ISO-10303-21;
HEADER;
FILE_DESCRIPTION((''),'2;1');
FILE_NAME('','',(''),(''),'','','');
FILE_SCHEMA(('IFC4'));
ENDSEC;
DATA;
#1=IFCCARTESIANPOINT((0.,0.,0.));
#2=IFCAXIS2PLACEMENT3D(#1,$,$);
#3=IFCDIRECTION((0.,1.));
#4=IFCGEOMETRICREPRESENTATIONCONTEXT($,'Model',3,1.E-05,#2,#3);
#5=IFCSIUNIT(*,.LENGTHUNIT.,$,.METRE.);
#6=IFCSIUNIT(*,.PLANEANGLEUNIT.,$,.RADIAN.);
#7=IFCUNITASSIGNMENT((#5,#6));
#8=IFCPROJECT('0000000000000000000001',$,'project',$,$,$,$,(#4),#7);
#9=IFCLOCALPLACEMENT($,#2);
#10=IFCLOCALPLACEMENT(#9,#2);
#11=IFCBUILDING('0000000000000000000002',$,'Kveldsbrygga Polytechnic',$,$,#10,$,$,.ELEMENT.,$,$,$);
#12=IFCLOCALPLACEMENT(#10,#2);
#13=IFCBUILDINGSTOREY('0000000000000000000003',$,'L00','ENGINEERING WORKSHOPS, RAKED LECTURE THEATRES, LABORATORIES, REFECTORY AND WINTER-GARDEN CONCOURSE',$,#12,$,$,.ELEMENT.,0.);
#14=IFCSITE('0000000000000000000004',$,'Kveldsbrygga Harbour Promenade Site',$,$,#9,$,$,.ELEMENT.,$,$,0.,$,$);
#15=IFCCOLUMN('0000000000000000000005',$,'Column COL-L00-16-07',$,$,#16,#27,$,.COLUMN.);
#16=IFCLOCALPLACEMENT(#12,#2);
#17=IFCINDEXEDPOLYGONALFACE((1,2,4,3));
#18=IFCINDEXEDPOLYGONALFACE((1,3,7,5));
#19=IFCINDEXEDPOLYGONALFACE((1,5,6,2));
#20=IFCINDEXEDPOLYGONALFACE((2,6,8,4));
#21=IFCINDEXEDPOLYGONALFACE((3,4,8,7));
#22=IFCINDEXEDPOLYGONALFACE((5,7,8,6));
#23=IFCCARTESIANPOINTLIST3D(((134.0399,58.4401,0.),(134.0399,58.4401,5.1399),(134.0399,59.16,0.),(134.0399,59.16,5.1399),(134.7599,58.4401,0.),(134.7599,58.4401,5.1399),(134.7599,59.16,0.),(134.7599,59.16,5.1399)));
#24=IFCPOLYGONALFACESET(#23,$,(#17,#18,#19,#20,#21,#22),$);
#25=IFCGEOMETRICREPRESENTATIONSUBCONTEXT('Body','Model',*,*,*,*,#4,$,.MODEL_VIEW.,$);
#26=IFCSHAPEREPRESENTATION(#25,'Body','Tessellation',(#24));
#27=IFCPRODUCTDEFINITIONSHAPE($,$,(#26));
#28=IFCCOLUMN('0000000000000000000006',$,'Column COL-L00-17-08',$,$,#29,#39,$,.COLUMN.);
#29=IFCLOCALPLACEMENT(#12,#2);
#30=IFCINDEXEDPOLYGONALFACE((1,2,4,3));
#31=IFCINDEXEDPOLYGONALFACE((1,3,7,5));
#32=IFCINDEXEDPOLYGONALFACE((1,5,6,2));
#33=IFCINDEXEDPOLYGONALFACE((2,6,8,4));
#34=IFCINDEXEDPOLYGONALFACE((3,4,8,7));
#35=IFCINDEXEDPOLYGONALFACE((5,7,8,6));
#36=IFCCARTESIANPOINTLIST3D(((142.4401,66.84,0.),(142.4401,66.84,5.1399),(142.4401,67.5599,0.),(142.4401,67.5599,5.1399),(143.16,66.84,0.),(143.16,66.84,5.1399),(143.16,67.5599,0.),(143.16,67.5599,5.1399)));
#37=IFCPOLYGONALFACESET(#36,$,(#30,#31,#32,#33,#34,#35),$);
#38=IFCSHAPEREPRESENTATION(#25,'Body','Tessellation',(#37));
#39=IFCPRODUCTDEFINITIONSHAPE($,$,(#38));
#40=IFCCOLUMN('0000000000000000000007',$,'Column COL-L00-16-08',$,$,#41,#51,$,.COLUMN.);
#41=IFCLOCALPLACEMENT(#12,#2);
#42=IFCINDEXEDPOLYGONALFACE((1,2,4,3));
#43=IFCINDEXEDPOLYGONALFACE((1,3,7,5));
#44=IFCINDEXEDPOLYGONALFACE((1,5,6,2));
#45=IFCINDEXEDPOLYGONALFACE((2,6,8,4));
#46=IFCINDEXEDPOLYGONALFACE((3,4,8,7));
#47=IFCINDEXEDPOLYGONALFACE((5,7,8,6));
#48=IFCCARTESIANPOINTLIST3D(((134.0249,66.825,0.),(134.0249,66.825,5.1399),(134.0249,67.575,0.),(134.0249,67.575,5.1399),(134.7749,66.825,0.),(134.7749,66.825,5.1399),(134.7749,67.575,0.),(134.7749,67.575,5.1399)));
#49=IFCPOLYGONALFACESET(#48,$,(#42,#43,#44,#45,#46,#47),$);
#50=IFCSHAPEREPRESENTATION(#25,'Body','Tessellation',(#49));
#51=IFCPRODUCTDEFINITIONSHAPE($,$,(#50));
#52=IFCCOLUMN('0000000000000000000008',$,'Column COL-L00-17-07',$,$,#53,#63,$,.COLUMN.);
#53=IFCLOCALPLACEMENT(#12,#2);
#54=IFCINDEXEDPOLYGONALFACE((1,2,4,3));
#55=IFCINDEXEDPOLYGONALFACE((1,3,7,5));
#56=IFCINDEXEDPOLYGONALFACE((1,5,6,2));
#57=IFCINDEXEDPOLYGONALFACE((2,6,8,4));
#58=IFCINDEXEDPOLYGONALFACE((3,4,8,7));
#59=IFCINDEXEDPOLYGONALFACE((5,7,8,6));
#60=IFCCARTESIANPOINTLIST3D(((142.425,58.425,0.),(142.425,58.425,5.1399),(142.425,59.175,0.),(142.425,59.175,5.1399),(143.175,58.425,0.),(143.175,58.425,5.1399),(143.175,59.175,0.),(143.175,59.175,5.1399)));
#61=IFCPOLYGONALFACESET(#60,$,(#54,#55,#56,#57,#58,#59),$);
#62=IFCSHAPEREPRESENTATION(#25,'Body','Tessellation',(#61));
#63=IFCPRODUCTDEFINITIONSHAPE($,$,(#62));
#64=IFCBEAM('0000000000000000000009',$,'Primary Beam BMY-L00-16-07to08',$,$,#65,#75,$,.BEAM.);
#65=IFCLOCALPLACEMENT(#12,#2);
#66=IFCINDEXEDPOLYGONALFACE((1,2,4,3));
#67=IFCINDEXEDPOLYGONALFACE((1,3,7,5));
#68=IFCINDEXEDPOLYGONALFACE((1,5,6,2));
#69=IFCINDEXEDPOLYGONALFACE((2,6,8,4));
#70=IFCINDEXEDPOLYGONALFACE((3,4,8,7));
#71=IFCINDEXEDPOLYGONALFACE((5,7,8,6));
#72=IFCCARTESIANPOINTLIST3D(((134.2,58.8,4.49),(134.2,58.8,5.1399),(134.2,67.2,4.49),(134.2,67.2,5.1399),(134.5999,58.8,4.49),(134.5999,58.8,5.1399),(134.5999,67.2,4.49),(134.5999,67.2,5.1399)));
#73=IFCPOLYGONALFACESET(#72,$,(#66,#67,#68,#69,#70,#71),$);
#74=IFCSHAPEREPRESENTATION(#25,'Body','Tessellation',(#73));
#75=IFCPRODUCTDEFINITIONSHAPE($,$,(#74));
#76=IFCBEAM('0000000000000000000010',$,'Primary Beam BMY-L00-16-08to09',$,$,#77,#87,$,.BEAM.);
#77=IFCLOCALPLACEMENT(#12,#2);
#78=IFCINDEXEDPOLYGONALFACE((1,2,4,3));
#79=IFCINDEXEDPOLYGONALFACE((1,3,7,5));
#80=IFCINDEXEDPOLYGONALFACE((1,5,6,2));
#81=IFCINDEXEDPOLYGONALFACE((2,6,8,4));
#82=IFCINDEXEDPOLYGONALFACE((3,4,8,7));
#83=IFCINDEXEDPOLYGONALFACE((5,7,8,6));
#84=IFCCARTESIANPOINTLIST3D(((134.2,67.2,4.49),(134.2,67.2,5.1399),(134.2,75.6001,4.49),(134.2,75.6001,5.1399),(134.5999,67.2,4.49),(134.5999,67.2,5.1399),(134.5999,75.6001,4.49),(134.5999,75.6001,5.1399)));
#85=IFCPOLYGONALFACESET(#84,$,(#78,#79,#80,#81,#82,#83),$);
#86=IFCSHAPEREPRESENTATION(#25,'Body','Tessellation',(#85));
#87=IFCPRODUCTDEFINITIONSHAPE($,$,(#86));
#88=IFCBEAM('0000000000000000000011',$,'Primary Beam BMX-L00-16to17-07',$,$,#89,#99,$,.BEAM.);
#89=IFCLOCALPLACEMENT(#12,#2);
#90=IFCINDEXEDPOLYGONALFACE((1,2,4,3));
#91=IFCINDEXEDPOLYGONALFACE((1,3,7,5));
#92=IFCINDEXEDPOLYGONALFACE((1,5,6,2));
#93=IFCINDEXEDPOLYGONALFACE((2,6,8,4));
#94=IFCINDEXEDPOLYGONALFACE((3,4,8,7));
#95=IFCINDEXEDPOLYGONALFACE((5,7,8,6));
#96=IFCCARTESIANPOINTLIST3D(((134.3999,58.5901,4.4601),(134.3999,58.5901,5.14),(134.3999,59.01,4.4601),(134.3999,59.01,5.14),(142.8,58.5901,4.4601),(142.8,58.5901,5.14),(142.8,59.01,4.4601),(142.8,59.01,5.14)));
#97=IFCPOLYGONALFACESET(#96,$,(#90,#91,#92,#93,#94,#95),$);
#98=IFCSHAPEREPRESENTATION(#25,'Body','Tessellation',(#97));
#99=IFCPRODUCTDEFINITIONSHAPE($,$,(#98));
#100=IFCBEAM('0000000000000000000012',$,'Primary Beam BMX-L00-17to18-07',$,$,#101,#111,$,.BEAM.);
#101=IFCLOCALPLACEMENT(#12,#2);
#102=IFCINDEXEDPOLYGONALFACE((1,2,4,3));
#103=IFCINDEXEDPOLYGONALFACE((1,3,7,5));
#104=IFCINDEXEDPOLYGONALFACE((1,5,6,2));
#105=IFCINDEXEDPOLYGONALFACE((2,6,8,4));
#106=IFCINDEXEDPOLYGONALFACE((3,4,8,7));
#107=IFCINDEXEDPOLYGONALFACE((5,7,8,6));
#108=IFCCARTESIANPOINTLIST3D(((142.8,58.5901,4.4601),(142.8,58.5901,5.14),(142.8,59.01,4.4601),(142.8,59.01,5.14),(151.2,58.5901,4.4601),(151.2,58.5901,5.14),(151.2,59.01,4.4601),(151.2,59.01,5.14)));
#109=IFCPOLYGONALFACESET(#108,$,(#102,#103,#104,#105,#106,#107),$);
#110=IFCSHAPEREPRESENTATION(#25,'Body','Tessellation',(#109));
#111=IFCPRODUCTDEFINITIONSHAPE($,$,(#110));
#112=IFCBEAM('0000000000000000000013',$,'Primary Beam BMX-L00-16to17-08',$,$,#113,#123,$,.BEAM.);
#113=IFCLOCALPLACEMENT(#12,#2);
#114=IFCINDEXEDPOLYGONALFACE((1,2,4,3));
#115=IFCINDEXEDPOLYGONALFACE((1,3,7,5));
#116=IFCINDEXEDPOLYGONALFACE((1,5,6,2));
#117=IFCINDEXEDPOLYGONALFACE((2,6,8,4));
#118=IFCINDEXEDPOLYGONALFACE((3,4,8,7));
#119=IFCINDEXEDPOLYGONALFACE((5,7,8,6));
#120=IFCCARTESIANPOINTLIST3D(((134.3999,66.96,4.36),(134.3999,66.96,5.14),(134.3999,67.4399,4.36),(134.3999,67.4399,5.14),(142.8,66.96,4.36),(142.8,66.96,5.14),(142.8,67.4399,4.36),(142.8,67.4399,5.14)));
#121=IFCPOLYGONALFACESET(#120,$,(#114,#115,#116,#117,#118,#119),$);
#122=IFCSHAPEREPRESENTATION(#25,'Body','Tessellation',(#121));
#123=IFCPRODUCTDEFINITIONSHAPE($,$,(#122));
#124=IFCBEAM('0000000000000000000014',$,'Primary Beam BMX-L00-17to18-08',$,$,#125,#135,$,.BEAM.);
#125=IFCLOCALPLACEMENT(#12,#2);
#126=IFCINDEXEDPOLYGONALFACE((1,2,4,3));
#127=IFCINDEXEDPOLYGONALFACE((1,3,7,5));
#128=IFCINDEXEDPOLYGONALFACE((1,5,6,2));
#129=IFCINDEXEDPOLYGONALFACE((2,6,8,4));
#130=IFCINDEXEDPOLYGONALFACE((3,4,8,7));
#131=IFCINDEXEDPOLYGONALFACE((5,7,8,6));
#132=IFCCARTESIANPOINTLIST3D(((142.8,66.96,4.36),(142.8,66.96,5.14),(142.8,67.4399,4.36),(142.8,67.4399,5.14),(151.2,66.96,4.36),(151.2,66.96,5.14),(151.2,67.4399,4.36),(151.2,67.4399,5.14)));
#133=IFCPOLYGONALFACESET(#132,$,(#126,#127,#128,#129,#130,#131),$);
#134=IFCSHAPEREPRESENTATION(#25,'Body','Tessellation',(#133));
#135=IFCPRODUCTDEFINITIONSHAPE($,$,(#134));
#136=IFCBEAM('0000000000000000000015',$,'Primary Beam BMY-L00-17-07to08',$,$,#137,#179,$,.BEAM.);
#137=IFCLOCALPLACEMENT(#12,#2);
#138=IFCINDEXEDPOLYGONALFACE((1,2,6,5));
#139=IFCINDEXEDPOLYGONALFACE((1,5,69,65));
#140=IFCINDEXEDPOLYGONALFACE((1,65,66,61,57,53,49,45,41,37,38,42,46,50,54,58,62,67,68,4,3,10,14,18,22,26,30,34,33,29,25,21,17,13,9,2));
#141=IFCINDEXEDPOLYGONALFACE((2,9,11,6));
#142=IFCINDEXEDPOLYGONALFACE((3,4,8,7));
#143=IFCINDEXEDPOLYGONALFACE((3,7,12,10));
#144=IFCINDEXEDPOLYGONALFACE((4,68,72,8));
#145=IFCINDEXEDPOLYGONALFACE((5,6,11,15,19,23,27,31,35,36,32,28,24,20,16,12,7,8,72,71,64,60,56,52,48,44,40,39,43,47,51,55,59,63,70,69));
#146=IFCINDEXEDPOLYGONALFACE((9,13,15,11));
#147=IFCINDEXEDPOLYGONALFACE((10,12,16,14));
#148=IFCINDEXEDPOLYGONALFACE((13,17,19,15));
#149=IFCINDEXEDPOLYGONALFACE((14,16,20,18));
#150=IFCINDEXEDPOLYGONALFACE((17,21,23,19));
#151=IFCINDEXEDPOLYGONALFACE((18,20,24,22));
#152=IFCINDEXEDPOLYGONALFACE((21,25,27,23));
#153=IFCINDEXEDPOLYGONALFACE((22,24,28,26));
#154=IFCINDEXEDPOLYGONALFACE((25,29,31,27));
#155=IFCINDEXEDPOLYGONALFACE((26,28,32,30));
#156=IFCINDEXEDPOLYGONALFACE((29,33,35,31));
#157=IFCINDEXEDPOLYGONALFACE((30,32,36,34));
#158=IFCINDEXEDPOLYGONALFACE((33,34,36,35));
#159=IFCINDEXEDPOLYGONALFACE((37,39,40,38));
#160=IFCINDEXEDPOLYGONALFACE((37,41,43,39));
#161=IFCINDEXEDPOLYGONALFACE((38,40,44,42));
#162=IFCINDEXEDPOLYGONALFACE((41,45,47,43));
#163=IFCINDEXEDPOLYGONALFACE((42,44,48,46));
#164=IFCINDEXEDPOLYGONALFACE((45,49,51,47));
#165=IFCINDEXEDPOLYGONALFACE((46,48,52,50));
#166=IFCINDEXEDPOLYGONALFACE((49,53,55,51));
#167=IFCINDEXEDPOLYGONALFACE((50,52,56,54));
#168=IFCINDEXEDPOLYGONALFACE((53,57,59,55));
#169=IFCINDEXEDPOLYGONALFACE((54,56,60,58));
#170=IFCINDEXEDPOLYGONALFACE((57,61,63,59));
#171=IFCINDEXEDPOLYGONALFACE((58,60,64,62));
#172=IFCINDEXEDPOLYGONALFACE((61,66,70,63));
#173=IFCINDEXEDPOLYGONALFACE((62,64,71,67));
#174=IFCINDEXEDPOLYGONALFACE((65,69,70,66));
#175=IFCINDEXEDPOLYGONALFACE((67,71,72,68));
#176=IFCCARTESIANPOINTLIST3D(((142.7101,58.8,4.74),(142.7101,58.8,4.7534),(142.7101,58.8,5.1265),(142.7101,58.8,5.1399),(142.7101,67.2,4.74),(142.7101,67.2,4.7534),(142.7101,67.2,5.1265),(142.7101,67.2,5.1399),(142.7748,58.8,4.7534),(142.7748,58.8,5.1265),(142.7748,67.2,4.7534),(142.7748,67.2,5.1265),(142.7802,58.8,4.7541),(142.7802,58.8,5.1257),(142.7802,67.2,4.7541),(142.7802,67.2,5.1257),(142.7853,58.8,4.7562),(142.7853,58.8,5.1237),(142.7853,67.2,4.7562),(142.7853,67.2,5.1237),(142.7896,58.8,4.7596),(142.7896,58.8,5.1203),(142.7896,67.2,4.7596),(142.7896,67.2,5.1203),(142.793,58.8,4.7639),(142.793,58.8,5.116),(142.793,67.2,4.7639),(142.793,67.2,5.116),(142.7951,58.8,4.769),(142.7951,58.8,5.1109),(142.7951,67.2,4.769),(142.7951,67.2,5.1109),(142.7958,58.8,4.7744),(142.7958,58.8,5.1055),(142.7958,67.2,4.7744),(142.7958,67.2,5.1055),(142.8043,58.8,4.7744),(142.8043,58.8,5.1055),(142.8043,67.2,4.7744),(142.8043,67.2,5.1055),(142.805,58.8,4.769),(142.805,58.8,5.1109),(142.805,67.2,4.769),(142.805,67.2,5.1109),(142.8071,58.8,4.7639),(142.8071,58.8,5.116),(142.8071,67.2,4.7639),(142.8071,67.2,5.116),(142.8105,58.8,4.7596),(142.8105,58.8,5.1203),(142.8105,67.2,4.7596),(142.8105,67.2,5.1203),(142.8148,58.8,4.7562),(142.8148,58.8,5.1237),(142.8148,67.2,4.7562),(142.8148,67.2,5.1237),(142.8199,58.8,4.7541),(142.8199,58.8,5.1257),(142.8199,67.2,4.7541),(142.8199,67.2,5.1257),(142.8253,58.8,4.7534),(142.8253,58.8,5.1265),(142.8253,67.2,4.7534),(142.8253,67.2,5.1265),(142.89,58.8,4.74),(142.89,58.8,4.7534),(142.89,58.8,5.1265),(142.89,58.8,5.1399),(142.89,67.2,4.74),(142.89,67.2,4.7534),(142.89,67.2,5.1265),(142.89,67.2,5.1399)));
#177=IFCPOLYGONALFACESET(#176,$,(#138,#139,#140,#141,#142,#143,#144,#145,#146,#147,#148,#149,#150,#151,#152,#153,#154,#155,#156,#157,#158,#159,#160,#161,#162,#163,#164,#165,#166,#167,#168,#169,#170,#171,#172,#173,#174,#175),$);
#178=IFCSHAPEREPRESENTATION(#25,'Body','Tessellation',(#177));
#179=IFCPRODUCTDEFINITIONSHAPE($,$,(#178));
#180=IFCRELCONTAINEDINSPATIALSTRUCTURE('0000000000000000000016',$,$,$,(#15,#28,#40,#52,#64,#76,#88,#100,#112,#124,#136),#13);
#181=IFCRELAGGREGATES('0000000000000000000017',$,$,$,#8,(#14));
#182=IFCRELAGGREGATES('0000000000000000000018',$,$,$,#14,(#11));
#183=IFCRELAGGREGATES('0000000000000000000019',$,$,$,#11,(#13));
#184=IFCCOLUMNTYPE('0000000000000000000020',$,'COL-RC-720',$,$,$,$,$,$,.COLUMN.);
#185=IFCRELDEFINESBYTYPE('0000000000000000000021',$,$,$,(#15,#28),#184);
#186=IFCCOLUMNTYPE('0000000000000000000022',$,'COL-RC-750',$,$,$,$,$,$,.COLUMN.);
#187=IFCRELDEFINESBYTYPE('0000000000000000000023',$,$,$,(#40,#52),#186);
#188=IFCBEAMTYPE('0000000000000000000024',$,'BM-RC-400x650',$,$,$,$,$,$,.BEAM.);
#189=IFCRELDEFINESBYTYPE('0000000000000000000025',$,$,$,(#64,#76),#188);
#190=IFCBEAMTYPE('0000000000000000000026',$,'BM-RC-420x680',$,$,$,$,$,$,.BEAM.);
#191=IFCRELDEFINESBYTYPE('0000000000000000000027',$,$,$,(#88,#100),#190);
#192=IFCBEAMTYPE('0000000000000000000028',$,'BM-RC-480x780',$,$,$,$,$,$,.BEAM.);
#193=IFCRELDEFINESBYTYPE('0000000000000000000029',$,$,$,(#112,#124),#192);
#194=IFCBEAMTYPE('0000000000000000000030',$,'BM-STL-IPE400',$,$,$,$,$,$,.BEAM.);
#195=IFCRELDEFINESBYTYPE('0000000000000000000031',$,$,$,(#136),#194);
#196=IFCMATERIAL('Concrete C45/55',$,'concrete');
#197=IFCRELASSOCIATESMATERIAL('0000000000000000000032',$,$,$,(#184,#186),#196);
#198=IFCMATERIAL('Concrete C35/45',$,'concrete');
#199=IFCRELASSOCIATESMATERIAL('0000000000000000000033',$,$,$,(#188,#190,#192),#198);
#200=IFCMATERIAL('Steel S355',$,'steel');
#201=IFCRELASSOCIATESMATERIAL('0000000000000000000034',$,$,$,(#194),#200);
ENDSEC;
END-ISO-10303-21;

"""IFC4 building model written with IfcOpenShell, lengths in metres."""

from ifc_helpers import new_model, si_unit, direction, frame, origin, origin_2d, place, context, subcontext, project, spatial, rectangle, i_section, extrude, material, material_profile, profile_set, type_object, element, save


model = new_model("IFC4")

# Units and contexts
model_context = context("Model", 3, precision=1e-05, world=origin(), true_north=direction((0.0, 1.0)))
body_context = subcontext(model_context, "Body", "Model", "MODEL_VIEW")
ifc_project = project(units=[si_unit("LENGTHUNIT", "METRE"), si_unit("PLANEANGLEUNIT", "RADIAN")], contexts=[model_context])

# Site, building, storey
site_placement = place(None, origin())
site = spatial("IfcSite", under=ifc_project, at=site_placement, Name="Kveldsbrygga Harbour Promenade Site", CompositionType="ELEMENT", RefElevation=0.0)
building_placement = place(site_placement, origin())
building = spatial("IfcBuilding", under=site, at=building_placement, Name="Kveldsbrygga Polytechnic", CompositionType="ELEMENT")
storey_placement = place(building_placement, origin())
storey = spatial("IfcBuildingStorey", under=building, at=storey_placement, Name="L00", Description="ENGINEERING WORKSHOPS, RAKED LECTURE THEATRES, LABORATORIES, REFECTORY AND WINTER-GARDEN CONCOURSE", CompositionType="ELEMENT", Elevation=0.0)

# Columns
ifc_material_1 = material(Name="Concrete C45/55", Category="concrete")
ifc_material_profile_1 = material_profile(ifc_material_1, rectangle(XDim=0.72, YDim=0.72, at=origin_2d()), Name="RC 720x720")
ifc_profile_set_1 = profile_set([ifc_material_profile_1], Name="Concrete C45/55")
column_type_1 = type_object("IfcColumnType", Name="COL-RC-720", PredefinedType="COLUMN", material=ifc_profile_set_1)
for number, where, z_axis, x_axis, name in (
    (1, (134.3999, 58.8, 0.0), (0.0, 0.0, 1.0), (1.0, 0.0, 0.0), "Column COL-L00-16-07"),
    (2, (142.8, 67.2, 0.0), (0.0, 0.0, 1.0), (1.0, 0.0, 0.0), "Column COL-L00-17-08"),
):
    element("IfcColumn", number, at=place(storey_placement, frame(where, z_axis=z_axis, x_axis=x_axis)), inside=storey, type_object=column_type_1, Name=name, PredefinedType="COLUMN", context=body_context, shape_type="SweptSolid", body=[
        extrude(rectangle(XDim=0.72, YDim=0.72, at=origin_2d()), origin(), (0.0, 0.0, 1.0), 5.1399),
    ])
ifc_material_profile_2 = material_profile(ifc_material_1, rectangle(XDim=0.75, YDim=0.75, at=origin_2d()), Name="RC 750x750")
ifc_profile_set_2 = profile_set([ifc_material_profile_2], Name="Concrete C45/55")
column_type_2 = type_object("IfcColumnType", Name="COL-RC-750", PredefinedType="COLUMN", material=ifc_profile_set_2)
for number, where, z_axis, x_axis, name in (
    (3, (134.3999, 67.2, 0.0), (0.0, 0.0, 1.0), (1.0, 0.0, 0.0), "Column COL-L00-16-08"),
    (4, (142.8, 58.8, 0.0), (0.0, 0.0, 1.0), (1.0, 0.0, 0.0), "Column COL-L00-17-07"),
):
    element("IfcColumn", number, at=place(storey_placement, frame(where, z_axis=z_axis, x_axis=x_axis)), inside=storey, type_object=column_type_2, Name=name, PredefinedType="COLUMN", context=body_context, shape_type="SweptSolid", body=[
        extrude(rectangle(XDim=0.75, YDim=0.75, at=origin_2d()), origin(), (0.0, 0.0, 1.0), 5.1399),
    ])

# Beams
ifc_material_2 = material(Name="Concrete C35/45", Category="concrete")
ifc_material_profile_3 = material_profile(ifc_material_2, rectangle(XDim=0.3999, YDim=0.6499, at=origin_2d()), Name="RC 400x650")
ifc_profile_set_3 = profile_set([ifc_material_profile_3], Name="Concrete C35/45")
beam_type_1 = type_object("IfcBeamType", Name="BM-RC-400x650", PredefinedType="BEAM", material=ifc_profile_set_3)
beam_1_placement = place(storey_placement, frame((134.3999, 58.8, 4.8149), z_axis=(0.0, 1.0, 0.0), x_axis=(-1.0, 0.0, 0.0)))
element("IfcBeam", 5, at=beam_1_placement, inside=storey, type_object=beam_type_1, Name="Primary Beam BMY-L00-16-07to08", PredefinedType="BEAM", context=body_context, shape_type="SweptSolid", body=[
    extrude(rectangle(XDim=0.3999, YDim=0.6499, at=origin_2d()), origin(), (0.0, 0.0, 1.0), 8.3999),
])
beam_2_placement = place(storey_placement, frame((134.3999, 67.2, 4.8149), z_axis=(0.0, 1.0, 0.0), x_axis=(-1.0, 0.0, 0.0)))
element("IfcBeam", 6, at=beam_2_placement, inside=storey, type_object=beam_type_1, Name="Primary Beam BMY-L00-16-08to09", PredefinedType="BEAM", context=body_context, shape_type="SweptSolid", body=[
    extrude(rectangle(XDim=0.3999, YDim=0.6499, at=origin_2d()), origin(), (0.0, 0.0, 1.0), 8.4001),
])
ifc_material_profile_4 = material_profile(ifc_material_2, rectangle(XDim=0.4199, YDim=0.6799, at=origin_2d()), Name="RC 420x680")
ifc_profile_set_4 = profile_set([ifc_material_profile_4], Name="Concrete C35/45")
beam_type_2 = type_object("IfcBeamType", Name="BM-RC-420x680", PredefinedType="BEAM", material=ifc_profile_set_4)
beam_3_placement = place(storey_placement, frame((134.3999, 58.8, 4.8), z_axis=(1.0, 0.0, 0.0), x_axis=(0.0, 1.0, 0.0)))
element("IfcBeam", 7, at=beam_3_placement, inside=storey, type_object=beam_type_2, Name="Primary Beam BMX-L00-16to17-07", PredefinedType="BEAM", context=body_context, shape_type="SweptSolid", body=[
    extrude(rectangle(XDim=0.4199, YDim=0.6799, at=origin_2d()), origin(), (0.0, 0.0, 1.0), 8.4001),
])
beam_4_placement = place(storey_placement, frame((142.8, 58.8, 4.8), z_axis=(1.0, 0.0, 0.0), x_axis=(0.0, 1.0, 0.0)))
element("IfcBeam", 8, at=beam_4_placement, inside=storey, type_object=beam_type_2, Name="Primary Beam BMX-L00-17to18-07", PredefinedType="BEAM", context=body_context, shape_type="SweptSolid", body=[
    extrude(rectangle(XDim=0.4199, YDim=0.6799, at=origin_2d()), origin(), (0.0, 0.0, 1.0), 8.3999),
])
ifc_material_profile_5 = material_profile(ifc_material_2, rectangle(XDim=0.48, YDim=0.78, at=origin_2d()), Name="RC 480x780")
ifc_profile_set_5 = profile_set([ifc_material_profile_5], Name="Concrete C35/45")
beam_type_3 = type_object("IfcBeamType", Name="BM-RC-480x780", PredefinedType="BEAM", material=ifc_profile_set_5)
beam_5_placement = place(storey_placement, frame((134.3999, 67.2, 4.75), z_axis=(1.0, 0.0, 0.0), x_axis=(0.0, 1.0, 0.0)))
element("IfcBeam", 9, at=beam_5_placement, inside=storey, type_object=beam_type_3, Name="Primary Beam BMX-L00-16to17-08", PredefinedType="BEAM", context=body_context, shape_type="SweptSolid", body=[
    extrude(rectangle(XDim=0.48, YDim=0.78, at=origin_2d()), origin(), (0.0, 0.0, 1.0), 8.4001),
])
beam_6_placement = place(storey_placement, frame((142.8, 67.2, 4.75), z_axis=(1.0, 0.0, 0.0), x_axis=(0.0, 1.0, 0.0)))
element("IfcBeam", 10, at=beam_6_placement, inside=storey, type_object=beam_type_3, Name="Primary Beam BMX-L00-17to18-08", PredefinedType="BEAM", context=body_context, shape_type="SweptSolid", body=[
    extrude(rectangle(XDim=0.48, YDim=0.78, at=origin_2d()), origin(), (0.0, 0.0, 1.0), 8.3999),
])
ifc_material_3 = material(Name="Steel S355", Category="steel")
ifc_material_profile_6 = material_profile(ifc_material_3, i_section(OverallWidth=0.1799, OverallDepth=0.3999, WebThickness=0.0085, FlangeThickness=0.0134, FilletRadius=0.021, at=origin_2d()), Name="IPE 400")
ifc_profile_set_6 = profile_set([ifc_material_profile_6], Name="Steel S355")
beam_type_4 = type_object("IfcBeamType", Name="BM-STL-IPE400", PredefinedType="BEAM", material=ifc_profile_set_6)
beam_7_placement = place(storey_placement, frame((142.8, 58.8, 4.9399), z_axis=(0.0, 1.0, 0.0), x_axis=(-1.0, 0.0, 0.0)))
element("IfcBeam", 11, at=beam_7_placement, inside=storey, type_object=beam_type_4, Name="Primary Beam BMY-L00-17-07to08", PredefinedType="BEAM", context=body_context, shape_type="SweptSolid", body=[
    extrude(i_section(OverallWidth=0.1799, OverallDepth=0.3999, WebThickness=0.0085, FlangeThickness=0.0134, FilletRadius=0.021, at=origin_2d()), origin(), (0.0, 0.0, 1.0), 8.3999),
])

save(model, "model.ifc")
